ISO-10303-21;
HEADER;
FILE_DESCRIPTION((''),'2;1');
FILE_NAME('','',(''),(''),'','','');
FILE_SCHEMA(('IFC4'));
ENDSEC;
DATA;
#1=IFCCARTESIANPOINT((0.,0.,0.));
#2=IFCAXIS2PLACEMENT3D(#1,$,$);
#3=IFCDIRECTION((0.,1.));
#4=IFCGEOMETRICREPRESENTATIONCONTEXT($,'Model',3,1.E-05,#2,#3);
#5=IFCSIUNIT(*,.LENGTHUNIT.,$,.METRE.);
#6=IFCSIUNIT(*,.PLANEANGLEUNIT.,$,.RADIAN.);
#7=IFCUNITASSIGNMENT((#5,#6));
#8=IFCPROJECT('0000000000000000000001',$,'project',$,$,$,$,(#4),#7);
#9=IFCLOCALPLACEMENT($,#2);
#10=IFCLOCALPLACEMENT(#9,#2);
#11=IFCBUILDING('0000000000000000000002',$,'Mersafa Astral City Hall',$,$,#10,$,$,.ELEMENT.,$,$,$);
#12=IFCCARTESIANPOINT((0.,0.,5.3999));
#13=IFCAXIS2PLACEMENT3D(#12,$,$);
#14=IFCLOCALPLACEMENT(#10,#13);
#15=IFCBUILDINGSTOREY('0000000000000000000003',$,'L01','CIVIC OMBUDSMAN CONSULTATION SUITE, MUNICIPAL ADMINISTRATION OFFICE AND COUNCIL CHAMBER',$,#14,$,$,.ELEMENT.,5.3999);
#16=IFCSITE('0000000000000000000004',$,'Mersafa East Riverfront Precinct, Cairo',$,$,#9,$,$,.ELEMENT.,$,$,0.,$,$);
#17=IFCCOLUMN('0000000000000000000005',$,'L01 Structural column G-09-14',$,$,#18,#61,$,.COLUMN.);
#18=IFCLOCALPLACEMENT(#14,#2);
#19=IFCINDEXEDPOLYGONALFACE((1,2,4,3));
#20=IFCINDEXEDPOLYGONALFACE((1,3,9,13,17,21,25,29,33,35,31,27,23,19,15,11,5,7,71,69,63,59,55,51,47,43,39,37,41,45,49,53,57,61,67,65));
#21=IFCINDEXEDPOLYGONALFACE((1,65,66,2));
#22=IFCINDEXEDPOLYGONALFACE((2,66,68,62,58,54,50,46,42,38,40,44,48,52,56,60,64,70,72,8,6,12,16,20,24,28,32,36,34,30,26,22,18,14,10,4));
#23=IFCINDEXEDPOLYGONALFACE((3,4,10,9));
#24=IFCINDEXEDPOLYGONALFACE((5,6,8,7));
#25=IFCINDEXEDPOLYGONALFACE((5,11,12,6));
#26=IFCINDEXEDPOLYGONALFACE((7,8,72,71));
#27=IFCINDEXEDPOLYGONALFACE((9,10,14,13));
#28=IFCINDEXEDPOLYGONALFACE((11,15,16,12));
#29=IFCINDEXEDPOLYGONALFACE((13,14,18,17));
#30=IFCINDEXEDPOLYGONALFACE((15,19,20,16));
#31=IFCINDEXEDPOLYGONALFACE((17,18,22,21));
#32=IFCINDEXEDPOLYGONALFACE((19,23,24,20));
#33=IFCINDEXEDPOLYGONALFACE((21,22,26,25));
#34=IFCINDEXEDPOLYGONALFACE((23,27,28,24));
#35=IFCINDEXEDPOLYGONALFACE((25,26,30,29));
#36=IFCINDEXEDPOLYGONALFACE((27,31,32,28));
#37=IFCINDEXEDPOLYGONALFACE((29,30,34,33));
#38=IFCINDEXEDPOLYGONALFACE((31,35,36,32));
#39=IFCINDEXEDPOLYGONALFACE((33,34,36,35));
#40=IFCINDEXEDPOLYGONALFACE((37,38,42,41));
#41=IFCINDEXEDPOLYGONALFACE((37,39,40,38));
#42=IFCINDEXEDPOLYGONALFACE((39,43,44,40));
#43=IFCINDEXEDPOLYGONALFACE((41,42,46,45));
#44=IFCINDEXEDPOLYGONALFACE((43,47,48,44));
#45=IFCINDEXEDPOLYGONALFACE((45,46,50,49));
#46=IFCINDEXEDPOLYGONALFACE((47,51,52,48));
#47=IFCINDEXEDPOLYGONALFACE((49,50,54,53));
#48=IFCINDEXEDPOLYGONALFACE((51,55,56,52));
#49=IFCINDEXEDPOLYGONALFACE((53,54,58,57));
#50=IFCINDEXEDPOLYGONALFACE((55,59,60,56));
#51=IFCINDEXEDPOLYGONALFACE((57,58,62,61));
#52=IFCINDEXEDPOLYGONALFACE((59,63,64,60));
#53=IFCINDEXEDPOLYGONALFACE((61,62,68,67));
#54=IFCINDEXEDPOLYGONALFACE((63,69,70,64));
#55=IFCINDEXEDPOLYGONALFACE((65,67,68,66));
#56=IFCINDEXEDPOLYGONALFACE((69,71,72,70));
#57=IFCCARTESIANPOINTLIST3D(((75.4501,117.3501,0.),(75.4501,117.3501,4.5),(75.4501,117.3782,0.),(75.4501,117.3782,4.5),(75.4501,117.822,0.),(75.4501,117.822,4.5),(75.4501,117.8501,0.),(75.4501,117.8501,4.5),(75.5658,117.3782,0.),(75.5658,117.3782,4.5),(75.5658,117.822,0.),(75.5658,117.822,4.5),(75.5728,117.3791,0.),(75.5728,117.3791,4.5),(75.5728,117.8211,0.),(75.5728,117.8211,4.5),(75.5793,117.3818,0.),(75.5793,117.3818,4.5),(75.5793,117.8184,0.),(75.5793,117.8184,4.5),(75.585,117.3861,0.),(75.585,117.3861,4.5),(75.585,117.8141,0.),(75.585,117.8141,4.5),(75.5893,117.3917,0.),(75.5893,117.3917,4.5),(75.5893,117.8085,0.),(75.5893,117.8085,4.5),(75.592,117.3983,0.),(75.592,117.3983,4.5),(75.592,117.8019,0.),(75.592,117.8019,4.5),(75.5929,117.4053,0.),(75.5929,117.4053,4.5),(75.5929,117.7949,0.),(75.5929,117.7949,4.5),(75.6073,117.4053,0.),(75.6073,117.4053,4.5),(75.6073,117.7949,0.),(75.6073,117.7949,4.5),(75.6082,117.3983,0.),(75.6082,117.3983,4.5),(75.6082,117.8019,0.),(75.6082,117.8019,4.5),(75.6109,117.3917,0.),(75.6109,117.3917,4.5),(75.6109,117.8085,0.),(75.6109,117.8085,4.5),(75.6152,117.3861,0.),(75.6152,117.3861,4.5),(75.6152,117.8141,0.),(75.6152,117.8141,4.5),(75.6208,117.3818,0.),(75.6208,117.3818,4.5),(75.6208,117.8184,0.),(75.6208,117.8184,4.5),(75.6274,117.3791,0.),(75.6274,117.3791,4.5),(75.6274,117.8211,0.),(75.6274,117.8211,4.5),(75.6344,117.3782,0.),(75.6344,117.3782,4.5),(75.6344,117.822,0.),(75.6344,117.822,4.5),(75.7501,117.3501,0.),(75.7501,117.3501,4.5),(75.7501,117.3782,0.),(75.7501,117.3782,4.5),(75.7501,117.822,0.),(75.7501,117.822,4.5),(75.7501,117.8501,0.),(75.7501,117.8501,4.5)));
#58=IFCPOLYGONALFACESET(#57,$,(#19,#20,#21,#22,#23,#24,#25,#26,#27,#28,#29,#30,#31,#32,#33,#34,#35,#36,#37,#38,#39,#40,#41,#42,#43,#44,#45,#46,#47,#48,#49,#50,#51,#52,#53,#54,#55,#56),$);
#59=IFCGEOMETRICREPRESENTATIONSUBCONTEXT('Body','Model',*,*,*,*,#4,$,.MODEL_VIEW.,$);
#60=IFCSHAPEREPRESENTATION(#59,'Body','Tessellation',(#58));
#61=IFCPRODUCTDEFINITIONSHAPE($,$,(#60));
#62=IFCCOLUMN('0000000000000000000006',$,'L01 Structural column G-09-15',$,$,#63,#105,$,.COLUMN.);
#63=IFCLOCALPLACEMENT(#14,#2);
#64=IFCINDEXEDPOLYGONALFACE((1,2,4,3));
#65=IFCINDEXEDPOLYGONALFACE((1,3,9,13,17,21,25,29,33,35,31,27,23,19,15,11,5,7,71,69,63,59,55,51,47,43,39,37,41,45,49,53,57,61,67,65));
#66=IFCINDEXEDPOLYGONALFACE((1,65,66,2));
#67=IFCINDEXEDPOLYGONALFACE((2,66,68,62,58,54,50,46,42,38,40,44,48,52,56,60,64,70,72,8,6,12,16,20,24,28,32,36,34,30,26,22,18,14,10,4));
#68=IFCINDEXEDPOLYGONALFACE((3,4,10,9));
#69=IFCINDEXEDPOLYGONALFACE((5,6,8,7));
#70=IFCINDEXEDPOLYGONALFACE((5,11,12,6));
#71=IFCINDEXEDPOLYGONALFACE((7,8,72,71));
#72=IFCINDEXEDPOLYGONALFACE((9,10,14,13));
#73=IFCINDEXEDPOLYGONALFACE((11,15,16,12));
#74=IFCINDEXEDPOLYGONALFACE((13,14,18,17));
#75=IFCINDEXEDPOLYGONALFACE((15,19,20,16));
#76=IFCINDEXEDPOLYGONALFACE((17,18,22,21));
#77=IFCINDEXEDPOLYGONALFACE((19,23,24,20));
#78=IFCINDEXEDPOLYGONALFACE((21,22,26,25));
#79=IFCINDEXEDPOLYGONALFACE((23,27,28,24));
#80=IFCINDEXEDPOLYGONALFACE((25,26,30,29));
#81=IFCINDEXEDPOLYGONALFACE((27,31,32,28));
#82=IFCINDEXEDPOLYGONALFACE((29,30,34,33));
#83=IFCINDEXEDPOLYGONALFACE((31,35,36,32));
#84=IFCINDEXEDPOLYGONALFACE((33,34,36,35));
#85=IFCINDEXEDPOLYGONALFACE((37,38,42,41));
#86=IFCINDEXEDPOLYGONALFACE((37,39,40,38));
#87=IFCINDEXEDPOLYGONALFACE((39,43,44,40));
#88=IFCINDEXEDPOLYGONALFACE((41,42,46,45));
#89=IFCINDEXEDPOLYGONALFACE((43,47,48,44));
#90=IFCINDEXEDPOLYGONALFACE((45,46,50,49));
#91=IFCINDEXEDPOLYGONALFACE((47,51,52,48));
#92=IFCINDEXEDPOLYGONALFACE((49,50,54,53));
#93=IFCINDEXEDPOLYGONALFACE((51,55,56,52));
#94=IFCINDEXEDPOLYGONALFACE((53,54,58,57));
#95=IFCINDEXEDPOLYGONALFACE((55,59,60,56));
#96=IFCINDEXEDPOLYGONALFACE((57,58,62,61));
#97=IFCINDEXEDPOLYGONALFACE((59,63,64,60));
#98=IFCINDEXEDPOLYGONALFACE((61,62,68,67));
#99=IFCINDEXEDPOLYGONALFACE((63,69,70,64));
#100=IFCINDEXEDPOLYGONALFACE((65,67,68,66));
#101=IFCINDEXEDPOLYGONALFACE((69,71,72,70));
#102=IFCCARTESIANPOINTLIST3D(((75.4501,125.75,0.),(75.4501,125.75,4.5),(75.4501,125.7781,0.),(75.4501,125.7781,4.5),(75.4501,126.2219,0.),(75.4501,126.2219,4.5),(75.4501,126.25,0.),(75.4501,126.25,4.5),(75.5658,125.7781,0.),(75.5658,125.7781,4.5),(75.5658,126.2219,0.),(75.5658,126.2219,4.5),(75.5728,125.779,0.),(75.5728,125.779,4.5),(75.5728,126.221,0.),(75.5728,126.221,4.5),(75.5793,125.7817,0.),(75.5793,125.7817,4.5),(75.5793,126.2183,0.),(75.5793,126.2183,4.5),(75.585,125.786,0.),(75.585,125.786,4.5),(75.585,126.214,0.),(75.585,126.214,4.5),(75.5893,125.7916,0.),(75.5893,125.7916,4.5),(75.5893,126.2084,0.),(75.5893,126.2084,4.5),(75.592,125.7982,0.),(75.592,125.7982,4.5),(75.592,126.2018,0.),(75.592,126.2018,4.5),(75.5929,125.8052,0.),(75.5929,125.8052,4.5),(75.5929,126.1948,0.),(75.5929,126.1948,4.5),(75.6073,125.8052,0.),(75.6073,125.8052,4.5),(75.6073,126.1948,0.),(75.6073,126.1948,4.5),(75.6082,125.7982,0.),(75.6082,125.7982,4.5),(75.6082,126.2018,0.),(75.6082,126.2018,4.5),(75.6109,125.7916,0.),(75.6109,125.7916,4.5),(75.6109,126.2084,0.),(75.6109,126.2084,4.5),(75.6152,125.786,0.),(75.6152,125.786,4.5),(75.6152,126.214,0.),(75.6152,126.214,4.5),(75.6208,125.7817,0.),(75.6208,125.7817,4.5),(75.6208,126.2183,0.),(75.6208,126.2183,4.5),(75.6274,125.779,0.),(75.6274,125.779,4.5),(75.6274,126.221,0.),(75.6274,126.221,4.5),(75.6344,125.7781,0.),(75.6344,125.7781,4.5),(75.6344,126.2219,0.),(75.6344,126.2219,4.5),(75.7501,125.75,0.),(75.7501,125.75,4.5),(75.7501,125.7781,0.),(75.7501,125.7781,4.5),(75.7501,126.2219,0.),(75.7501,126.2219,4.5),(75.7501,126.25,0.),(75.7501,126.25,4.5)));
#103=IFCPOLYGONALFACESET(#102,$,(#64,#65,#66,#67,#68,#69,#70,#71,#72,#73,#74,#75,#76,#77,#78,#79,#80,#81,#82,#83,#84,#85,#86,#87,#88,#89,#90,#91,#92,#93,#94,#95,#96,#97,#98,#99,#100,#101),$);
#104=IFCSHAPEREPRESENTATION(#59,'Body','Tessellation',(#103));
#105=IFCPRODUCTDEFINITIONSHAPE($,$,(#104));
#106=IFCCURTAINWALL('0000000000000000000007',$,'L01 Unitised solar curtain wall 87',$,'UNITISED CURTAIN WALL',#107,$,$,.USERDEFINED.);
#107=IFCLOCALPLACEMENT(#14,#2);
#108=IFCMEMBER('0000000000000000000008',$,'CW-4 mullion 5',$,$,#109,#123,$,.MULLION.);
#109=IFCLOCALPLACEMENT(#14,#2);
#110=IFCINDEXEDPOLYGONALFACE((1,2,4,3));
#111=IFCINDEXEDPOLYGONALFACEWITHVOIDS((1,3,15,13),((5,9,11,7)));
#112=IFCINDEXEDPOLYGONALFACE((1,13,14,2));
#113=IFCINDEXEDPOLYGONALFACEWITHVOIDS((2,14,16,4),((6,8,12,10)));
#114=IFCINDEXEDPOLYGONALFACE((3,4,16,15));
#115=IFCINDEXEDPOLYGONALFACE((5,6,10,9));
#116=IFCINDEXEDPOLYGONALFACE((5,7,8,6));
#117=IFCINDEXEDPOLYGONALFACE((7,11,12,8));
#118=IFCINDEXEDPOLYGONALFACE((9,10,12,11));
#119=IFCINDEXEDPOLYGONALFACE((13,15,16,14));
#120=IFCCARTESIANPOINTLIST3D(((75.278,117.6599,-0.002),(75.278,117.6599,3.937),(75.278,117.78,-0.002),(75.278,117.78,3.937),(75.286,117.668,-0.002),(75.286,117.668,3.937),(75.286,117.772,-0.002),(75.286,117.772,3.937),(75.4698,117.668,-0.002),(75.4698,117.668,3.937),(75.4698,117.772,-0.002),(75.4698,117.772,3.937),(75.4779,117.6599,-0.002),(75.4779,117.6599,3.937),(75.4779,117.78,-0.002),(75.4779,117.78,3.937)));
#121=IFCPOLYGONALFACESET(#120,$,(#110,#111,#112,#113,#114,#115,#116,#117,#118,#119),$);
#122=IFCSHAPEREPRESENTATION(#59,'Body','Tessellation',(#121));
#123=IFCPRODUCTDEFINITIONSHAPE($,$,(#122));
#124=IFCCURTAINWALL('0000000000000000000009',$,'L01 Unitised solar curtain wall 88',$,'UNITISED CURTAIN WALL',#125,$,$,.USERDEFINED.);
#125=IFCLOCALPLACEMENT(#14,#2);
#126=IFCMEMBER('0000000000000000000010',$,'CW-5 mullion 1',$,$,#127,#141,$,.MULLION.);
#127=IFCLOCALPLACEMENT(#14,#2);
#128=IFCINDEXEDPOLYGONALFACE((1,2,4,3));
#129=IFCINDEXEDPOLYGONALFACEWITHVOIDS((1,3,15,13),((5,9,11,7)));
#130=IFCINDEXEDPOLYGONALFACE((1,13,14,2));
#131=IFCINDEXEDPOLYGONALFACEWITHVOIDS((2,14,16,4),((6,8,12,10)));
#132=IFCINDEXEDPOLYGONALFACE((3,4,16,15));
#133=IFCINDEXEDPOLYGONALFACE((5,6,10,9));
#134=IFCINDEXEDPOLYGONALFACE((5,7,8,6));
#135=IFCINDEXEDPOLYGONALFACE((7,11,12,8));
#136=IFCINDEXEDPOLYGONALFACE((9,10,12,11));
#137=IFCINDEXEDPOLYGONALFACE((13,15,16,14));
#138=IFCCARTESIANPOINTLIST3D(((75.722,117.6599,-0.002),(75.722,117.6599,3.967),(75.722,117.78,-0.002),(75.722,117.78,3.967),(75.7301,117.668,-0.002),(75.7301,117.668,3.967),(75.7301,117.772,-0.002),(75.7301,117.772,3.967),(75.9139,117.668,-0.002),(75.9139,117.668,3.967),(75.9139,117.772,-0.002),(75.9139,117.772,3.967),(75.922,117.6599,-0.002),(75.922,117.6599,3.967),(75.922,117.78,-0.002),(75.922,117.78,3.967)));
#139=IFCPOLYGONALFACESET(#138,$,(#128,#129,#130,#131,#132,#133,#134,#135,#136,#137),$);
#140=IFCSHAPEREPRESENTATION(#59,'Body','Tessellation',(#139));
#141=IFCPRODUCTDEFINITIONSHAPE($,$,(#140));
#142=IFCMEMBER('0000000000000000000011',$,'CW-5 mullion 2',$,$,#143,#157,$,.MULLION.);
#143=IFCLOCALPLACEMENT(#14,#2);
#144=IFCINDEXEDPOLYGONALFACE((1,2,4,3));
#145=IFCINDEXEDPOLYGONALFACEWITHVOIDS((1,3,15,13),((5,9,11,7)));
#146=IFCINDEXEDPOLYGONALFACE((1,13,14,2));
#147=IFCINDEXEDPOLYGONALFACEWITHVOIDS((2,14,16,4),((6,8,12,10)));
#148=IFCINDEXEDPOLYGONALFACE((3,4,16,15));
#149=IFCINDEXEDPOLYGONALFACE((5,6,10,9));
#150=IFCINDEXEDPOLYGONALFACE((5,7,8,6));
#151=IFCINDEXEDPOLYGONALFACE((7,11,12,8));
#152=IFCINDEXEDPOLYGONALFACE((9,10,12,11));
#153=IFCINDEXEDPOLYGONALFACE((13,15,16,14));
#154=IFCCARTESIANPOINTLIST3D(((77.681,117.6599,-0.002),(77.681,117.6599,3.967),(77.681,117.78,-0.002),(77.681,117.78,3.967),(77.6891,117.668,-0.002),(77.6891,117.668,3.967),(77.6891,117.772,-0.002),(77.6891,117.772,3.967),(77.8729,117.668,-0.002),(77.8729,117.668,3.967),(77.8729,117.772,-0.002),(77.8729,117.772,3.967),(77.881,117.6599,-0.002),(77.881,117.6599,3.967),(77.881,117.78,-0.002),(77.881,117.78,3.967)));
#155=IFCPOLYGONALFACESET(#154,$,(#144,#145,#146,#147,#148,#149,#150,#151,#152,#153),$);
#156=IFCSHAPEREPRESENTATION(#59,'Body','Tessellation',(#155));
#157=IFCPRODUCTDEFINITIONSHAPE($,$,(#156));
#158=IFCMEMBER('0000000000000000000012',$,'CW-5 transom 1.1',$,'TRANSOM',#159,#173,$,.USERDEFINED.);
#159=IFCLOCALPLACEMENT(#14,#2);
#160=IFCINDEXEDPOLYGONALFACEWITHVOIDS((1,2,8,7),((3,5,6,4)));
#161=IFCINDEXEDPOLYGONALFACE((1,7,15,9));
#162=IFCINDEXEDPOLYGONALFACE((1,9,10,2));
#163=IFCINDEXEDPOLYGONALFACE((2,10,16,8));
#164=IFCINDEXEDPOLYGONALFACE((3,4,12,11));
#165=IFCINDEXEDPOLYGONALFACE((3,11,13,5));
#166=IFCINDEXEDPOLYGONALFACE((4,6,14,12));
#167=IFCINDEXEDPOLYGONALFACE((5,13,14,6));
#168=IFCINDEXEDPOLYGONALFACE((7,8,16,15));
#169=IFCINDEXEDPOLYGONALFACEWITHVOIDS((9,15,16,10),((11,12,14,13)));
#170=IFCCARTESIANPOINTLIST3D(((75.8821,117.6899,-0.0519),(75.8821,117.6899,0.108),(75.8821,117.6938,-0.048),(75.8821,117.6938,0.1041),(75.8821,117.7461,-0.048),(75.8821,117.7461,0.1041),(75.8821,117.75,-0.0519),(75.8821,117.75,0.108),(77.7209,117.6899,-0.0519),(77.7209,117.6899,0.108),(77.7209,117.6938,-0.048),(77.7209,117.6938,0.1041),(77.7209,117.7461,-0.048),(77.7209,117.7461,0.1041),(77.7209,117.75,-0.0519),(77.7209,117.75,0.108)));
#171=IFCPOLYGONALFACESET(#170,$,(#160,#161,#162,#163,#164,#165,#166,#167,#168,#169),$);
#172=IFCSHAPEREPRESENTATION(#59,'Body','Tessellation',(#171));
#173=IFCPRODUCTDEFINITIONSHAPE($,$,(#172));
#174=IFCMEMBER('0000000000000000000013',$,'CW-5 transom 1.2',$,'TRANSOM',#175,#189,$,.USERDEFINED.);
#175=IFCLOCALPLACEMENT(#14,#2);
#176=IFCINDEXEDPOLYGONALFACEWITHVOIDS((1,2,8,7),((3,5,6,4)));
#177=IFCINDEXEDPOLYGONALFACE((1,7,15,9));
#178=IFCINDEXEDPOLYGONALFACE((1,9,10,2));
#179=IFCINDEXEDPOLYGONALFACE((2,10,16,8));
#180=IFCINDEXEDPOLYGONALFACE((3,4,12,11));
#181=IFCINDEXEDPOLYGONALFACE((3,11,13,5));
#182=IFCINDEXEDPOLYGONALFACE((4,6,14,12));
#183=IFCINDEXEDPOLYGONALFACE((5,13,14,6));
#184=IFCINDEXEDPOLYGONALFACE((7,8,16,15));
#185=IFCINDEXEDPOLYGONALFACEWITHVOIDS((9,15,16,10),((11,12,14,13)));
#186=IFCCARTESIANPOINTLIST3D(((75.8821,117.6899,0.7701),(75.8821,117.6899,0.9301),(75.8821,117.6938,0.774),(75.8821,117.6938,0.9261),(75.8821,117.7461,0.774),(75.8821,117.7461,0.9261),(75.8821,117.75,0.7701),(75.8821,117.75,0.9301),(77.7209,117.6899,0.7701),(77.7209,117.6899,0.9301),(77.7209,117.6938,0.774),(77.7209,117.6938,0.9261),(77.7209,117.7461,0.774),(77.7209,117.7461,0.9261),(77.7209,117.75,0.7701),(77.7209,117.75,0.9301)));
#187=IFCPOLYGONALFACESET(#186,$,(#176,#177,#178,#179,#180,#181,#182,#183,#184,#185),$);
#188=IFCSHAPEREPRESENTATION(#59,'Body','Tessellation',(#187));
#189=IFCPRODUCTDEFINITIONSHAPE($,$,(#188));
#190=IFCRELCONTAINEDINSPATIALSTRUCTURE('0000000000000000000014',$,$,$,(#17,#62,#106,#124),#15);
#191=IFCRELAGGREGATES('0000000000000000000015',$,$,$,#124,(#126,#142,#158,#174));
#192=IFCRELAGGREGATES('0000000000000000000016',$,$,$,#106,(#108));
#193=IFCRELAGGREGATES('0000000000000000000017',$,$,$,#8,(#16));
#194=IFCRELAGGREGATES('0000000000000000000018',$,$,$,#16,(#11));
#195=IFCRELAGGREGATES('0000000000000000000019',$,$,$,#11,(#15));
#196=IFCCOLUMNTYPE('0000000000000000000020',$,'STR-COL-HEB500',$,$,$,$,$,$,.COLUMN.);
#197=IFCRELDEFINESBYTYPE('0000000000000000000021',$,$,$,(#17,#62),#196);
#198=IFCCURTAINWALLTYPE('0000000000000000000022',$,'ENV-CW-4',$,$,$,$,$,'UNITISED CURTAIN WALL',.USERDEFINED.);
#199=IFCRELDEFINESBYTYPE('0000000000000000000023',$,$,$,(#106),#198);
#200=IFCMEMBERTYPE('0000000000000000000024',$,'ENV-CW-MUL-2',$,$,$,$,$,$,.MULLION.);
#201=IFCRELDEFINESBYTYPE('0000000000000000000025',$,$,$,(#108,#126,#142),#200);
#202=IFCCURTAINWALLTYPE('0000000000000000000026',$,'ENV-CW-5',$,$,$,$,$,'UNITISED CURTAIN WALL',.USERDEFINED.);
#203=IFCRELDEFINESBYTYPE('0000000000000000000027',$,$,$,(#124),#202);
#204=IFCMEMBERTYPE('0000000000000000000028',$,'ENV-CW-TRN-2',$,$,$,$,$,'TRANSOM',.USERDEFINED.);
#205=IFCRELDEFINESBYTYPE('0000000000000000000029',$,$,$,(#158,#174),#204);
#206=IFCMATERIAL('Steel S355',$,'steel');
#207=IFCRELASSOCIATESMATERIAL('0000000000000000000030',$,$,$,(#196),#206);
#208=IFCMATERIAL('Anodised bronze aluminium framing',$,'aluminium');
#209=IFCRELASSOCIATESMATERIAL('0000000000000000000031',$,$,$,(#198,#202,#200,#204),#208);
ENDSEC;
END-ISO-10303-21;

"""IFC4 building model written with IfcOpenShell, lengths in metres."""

from ifc_helpers import new_model, si_unit, direction, frame, origin, origin_2d, place, context, subcontext, project, spatial, hollow_rectangle, i_section, extrude, material, material_profile, profile_set, type_object, element, aggregate, save


model = new_model("IFC4")

# Units and contexts
model_context = context("Model", 3, precision=1e-05, world=origin(), true_north=direction((0.0, 1.0)))
body_context = subcontext(model_context, "Body", "Model", "MODEL_VIEW")
ifc_project = project(units=[si_unit("LENGTHUNIT", "METRE"), si_unit("PLANEANGLEUNIT", "RADIAN")], contexts=[model_context])

# Site, building, storey
site_placement = place(None, origin())
site = spatial("IfcSite", under=ifc_project, at=site_placement, Name="Mersafa East Riverfront Precinct, Cairo", CompositionType="ELEMENT", RefElevation=0.0)
building_placement = place(site_placement, origin())
building = spatial("IfcBuilding", under=site, at=building_placement, Name="Mersafa Astral City Hall", CompositionType="ELEMENT")
storey_placement = place(building_placement, frame((0.0, 0.0, 5.3999)))
storey = spatial("IfcBuildingStorey", under=building, at=storey_placement, Name="L01", Description="CIVIC OMBUDSMAN CONSULTATION SUITE, MUNICIPAL ADMINISTRATION OFFICE AND COUNCIL CHAMBER", CompositionType="ELEMENT", Elevation=5.3999)

# Columns
ifc_material_1 = material(Name="Steel S355", Category="steel")
ifc_material_profile_1 = material_profile(ifc_material_1, i_section(OverallWidth=0.3, OverallDepth=0.5, WebThickness=0.0144, FlangeThickness=0.0281, FilletRadius=0.0271, at=origin_2d()), Name="HEB 500")
ifc_profile_set_1 = profile_set([ifc_material_profile_1], Name="Steel S355")
column_type = type_object("IfcColumnType", Name="STR-COL-HEB500", PredefinedType="COLUMN", material=ifc_profile_set_1)
for number, where, z_axis, x_axis, name in (
    (1, (75.6001, 117.6001, 0.0), (0.0, 0.0, 1.0), (1.0, 0.0, 0.0), "L01 Structural column G-09-14"),
    (2, (75.6001, 126.0, 0.0), (0.0, 0.0, 1.0), (1.0, 0.0, 0.0), "L01 Structural column G-09-15"),
):
    element("IfcColumn", number, at=place(storey_placement, frame(where, z_axis=z_axis, x_axis=x_axis)), inside=storey, type_object=column_type, Name=name, PredefinedType="COLUMN", context=body_context, shape_type="SweptSolid", body=[
        extrude(i_section(OverallWidth=0.3, OverallDepth=0.5, WebThickness=0.0144, FlangeThickness=0.0281, FilletRadius=0.0271, at=origin_2d()), origin(), (0.0, 0.0, 1.0), 4.5),
    ])

# Curtain wall, member
ifc_material_2 = material(Name="Anodised bronze aluminium framing", Category="aluminium")
curtain_wall_type_1 = type_object("IfcCurtainWallType", Name="ENV-CW-4", ElementType="UNITISED CURTAIN WALL", PredefinedType="USERDEFINED", material=ifc_material_2)
curtain_wall_1_placement = place(storey_placement, origin())
curtain_wall_1 = element("IfcCurtainWall", 3, at=curtain_wall_1_placement, inside=storey, type_object=curtain_wall_type_1, Name="L01 Unitised solar curtain wall 87", ObjectType="UNITISED CURTAIN WALL", PredefinedType="USERDEFINED")
ifc_material_profile_2 = material_profile(ifc_material_2, hollow_rectangle(XDim=0.1201, YDim=0.2, WallThickness=0.0081, at=origin_2d()), Name="RHS 120x200x8")
ifc_profile_set_2 = profile_set([ifc_material_profile_2], Name="Anodised bronze aluminium framing")
member_type_1 = type_object("IfcMemberType", Name="ENV-CW-MUL-2", PredefinedType="MULLION", material=ifc_profile_set_2)
member_1_placement = place(storey_placement, frame((75.3779, 117.72, -0.002), z_axis=(0.0, 0.0, 1.0), x_axis=(0.0, 1.0, 0.0)))
member_1 = element("IfcMember", 4, at=member_1_placement, type_object=member_type_1, Name="CW-4 mullion 5", PredefinedType="MULLION", context=body_context, shape_type="SweptSolid", body=[
    extrude(hollow_rectangle(XDim=0.1201, YDim=0.2, WallThickness=0.0081, at=origin_2d()), origin(), (0.0, 0.0, 1.0), 3.939),
])

# Curtain wall, members
curtain_wall_type_2 = type_object("IfcCurtainWallType", Name="ENV-CW-5", ElementType="UNITISED CURTAIN WALL", PredefinedType="USERDEFINED", material=ifc_material_2)
curtain_wall_2_placement = place(storey_placement, origin())
curtain_wall_2 = element("IfcCurtainWall", 5, at=curtain_wall_2_placement, inside=storey, type_object=curtain_wall_type_2, Name="L01 Unitised solar curtain wall 88", ObjectType="UNITISED CURTAIN WALL", PredefinedType="USERDEFINED")
member_2_placement = place(storey_placement, frame((75.822, 117.72, -0.002), z_axis=(0.0, 0.0, 1.0), x_axis=(0.0, 1.0, 0.0)))
member_2 = element("IfcMember", 6, at=member_2_placement, type_object=member_type_1, Name="CW-5 mullion 1", PredefinedType="MULLION", context=body_context, shape_type="SweptSolid", body=[
    extrude(hollow_rectangle(XDim=0.1201, YDim=0.2, WallThickness=0.0081, at=origin_2d()), origin(), (0.0, 0.0, 1.0), 3.969),
])
member_3_placement = place(storey_placement, frame((77.781, 117.72, -0.002), z_axis=(0.0, 0.0, 1.0), x_axis=(0.0, 1.0, 0.0)))
member_3 = element("IfcMember", 7, at=member_3_placement, type_object=member_type_1, Name="CW-5 mullion 2", PredefinedType="MULLION", context=body_context, shape_type="SweptSolid", body=[
    extrude(hollow_rectangle(XDim=0.1201, YDim=0.2, WallThickness=0.0081, at=origin_2d()), origin(), (0.0, 0.0, 1.0), 3.969),
])
ifc_material_profile_3 = material_profile(ifc_material_2, hollow_rectangle(XDim=0.0601, YDim=0.1599, WallThickness=0.0039, at=origin_2d()), Name="RHS 60x160x4")
ifc_profile_set_3 = profile_set([ifc_material_profile_3], Name="Anodised bronze aluminium framing")
member_type_2 = type_object("IfcMemberType", Name="ENV-CW-TRN-2", ElementType="TRANSOM", PredefinedType="USERDEFINED", material=ifc_profile_set_3)
member_4_placement = place(storey_placement, frame((75.8821, 117.72, 0.0281), z_axis=(1.0, 0.0, 0.0), x_axis=(0.0, 1.0, 0.0)))
member_4 = element("IfcMember", 8, at=member_4_placement, type_object=member_type_2, Name="CW-5 transom 1.1", ObjectType="TRANSOM", PredefinedType="USERDEFINED", context=body_context, shape_type="SweptSolid", body=[
    extrude(hollow_rectangle(XDim=0.0601, YDim=0.1599, WallThickness=0.0039, at=origin_2d()), origin(), (0.0, 0.0, 1.0), 1.8389),
])
member_5_placement = place(storey_placement, frame((75.8821, 117.72, 0.8501), z_axis=(1.0, 0.0, 0.0), x_axis=(0.0, 1.0, 0.0)))
member_5 = element("IfcMember", 9, at=member_5_placement, type_object=member_type_2, Name="CW-5 transom 1.2", ObjectType="TRANSOM", PredefinedType="USERDEFINED", context=body_context, shape_type="SweptSolid", body=[
    extrude(hollow_rectangle(XDim=0.0601, YDim=0.1599, WallThickness=0.0039, at=origin_2d()), origin(), (0.0, 0.0, 1.0), 1.8389),
])

aggregate(curtain_wall_2, [member_2, member_3, member_4, member_5])
aggregate(curtain_wall_1, [member_1])

save(model, "model.ifc")
